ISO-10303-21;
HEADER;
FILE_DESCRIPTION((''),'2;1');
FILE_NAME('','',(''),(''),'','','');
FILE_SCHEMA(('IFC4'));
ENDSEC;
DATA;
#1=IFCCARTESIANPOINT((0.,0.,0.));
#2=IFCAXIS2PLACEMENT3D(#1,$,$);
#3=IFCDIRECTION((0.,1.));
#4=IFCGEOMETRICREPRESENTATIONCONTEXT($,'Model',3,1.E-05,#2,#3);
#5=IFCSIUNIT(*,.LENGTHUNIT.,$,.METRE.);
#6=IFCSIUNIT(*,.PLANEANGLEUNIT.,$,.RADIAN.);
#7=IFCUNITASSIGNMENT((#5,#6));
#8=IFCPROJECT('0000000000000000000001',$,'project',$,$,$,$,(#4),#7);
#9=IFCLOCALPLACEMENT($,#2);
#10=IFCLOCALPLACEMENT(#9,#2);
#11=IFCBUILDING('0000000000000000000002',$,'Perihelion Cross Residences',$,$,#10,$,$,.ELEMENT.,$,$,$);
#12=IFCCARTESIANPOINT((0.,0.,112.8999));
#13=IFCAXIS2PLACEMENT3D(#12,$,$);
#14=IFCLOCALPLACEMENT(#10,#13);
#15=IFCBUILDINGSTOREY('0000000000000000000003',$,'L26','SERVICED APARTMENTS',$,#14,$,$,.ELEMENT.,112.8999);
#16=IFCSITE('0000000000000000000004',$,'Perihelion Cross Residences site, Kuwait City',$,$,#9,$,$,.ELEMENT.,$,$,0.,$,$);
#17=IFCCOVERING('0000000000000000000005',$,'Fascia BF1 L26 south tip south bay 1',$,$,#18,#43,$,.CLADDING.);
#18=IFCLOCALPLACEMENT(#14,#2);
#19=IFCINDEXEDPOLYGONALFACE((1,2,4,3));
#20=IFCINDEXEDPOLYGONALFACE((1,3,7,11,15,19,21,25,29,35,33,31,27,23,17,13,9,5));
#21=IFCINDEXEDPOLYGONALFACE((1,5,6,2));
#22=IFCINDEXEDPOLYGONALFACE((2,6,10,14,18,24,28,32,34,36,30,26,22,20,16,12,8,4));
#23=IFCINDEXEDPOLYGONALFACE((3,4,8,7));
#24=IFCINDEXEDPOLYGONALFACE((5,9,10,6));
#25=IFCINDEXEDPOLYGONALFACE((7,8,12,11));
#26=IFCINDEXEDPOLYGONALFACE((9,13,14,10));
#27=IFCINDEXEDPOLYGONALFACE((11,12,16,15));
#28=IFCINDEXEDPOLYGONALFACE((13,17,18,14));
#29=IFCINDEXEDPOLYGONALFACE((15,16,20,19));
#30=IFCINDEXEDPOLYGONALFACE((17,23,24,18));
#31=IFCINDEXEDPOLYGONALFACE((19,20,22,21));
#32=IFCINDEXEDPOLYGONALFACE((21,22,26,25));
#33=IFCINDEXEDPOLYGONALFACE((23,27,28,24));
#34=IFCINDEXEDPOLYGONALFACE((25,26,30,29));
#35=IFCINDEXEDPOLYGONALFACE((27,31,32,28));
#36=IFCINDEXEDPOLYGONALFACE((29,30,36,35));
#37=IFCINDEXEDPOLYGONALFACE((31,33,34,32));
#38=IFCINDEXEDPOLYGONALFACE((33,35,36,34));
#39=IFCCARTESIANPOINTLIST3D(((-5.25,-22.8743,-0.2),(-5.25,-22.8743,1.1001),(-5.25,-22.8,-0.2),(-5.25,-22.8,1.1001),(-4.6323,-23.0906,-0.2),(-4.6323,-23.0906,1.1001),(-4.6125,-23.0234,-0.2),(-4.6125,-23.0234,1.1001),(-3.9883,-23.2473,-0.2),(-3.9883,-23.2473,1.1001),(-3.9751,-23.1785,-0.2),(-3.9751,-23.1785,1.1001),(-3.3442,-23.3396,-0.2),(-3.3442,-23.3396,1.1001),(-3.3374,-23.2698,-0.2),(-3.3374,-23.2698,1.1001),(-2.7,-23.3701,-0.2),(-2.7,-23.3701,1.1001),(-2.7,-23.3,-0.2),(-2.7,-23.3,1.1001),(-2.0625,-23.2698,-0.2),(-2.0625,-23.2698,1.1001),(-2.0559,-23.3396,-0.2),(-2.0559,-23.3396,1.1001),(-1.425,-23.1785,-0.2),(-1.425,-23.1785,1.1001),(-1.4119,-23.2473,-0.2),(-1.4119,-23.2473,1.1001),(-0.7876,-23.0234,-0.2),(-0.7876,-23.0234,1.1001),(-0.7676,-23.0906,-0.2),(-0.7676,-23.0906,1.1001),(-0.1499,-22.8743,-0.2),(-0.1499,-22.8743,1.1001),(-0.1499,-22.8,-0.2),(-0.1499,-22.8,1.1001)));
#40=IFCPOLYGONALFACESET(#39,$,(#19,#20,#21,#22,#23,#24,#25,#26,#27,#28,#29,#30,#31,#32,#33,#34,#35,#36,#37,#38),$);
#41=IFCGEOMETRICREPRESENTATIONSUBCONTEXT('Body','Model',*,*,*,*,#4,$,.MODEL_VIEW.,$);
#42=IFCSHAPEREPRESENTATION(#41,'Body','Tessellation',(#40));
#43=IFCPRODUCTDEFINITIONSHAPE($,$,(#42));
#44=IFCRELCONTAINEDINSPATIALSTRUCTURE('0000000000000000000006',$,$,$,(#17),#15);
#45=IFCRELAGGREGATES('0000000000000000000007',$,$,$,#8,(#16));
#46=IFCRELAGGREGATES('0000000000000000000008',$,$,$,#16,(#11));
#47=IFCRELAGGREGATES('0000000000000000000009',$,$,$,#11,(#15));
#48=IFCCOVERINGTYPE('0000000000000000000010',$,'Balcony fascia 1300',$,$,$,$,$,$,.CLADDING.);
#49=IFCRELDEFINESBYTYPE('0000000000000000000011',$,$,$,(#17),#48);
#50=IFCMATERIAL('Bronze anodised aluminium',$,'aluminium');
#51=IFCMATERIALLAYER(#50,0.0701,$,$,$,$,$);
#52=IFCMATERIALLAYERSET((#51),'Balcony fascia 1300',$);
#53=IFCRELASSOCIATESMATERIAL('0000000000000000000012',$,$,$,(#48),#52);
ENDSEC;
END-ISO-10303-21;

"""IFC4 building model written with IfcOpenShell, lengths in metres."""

from ifc_helpers import new_model, si_unit, direction, frame, origin, place, context, subcontext, project, spatial, polyline, outline, extrude, material, layer, layer_set, type_object, element, save


model = new_model("IFC4")

# Units and contexts
model_context = context("Model", 3, precision=1e-05, world=origin(), true_north=direction((0.0, 1.0)))
body_context = subcontext(model_context, "Body", "Model", "MODEL_VIEW")
ifc_project = project(units=[si_unit("LENGTHUNIT", "METRE"), si_unit("PLANEANGLEUNIT", "RADIAN")], contexts=[model_context])

# Site, building, storey
site_placement = place(None, origin())
site = spatial("IfcSite", under=ifc_project, at=site_placement, Name="Perihelion Cross Residences site, Kuwait City", CompositionType="ELEMENT", RefElevation=0.0)
building_placement = place(site_placement, origin())
building = spatial("IfcBuilding", under=site, at=building_placement, Name="Perihelion Cross Residences", CompositionType="ELEMENT")
storey_placement = place(building_placement, frame((0.0, 0.0, 112.8999)))
storey = spatial("IfcBuildingStorey", under=building, at=storey_placement, Name="L26", Description="SERVICED APARTMENTS", CompositionType="ELEMENT", Elevation=112.8999)

# Covering
ifc_material_1 = material(Name="Bronze anodised aluminium", Category="aluminium")
ifc_layer_1 = layer(ifc_material_1, 0.0701)
ifc_layer_set_1 = layer_set([ifc_layer_1], Name="Balcony fascia 1300")
covering_type = type_object("IfcCoveringType", Name="Balcony fascia 1300", PredefinedType="CLADDING", material=ifc_layer_set_1)
covering_1_placement = place(storey_placement, frame((0.0, 0.0, -0.2)))
element("IfcCovering", 1, at=covering_1_placement, inside=storey, type_object=covering_type, Name="Fascia BF1 L26 south tip south bay 1", PredefinedType="CLADDING", context=body_context, shape_type="SweptSolid", body=[
    extrude(outline(polyline([(-4.6323, -23.0906), (-3.9883, -23.2473), (-3.3442, -23.3396), (-2.7, -23.3701), (-2.0559, -23.3396), (-1.4119, -23.2473), (-0.7676, -23.0906), (-0.1499, -22.8743), (-0.1499, -22.8), (-0.7876, -23.0234), (-1.425, -23.1785), (-2.0625, -23.2698), (-2.7, -23.3), (-3.3374, -23.2698), (-3.9751, -23.1785), (-4.6125, -23.0234), (-5.25, -22.8), (-5.25, -22.8743), (-4.6323, -23.0906)])), origin(), (0.0, 0.0, 1.0), 1.3),
])

save(model, "model.ifc")
